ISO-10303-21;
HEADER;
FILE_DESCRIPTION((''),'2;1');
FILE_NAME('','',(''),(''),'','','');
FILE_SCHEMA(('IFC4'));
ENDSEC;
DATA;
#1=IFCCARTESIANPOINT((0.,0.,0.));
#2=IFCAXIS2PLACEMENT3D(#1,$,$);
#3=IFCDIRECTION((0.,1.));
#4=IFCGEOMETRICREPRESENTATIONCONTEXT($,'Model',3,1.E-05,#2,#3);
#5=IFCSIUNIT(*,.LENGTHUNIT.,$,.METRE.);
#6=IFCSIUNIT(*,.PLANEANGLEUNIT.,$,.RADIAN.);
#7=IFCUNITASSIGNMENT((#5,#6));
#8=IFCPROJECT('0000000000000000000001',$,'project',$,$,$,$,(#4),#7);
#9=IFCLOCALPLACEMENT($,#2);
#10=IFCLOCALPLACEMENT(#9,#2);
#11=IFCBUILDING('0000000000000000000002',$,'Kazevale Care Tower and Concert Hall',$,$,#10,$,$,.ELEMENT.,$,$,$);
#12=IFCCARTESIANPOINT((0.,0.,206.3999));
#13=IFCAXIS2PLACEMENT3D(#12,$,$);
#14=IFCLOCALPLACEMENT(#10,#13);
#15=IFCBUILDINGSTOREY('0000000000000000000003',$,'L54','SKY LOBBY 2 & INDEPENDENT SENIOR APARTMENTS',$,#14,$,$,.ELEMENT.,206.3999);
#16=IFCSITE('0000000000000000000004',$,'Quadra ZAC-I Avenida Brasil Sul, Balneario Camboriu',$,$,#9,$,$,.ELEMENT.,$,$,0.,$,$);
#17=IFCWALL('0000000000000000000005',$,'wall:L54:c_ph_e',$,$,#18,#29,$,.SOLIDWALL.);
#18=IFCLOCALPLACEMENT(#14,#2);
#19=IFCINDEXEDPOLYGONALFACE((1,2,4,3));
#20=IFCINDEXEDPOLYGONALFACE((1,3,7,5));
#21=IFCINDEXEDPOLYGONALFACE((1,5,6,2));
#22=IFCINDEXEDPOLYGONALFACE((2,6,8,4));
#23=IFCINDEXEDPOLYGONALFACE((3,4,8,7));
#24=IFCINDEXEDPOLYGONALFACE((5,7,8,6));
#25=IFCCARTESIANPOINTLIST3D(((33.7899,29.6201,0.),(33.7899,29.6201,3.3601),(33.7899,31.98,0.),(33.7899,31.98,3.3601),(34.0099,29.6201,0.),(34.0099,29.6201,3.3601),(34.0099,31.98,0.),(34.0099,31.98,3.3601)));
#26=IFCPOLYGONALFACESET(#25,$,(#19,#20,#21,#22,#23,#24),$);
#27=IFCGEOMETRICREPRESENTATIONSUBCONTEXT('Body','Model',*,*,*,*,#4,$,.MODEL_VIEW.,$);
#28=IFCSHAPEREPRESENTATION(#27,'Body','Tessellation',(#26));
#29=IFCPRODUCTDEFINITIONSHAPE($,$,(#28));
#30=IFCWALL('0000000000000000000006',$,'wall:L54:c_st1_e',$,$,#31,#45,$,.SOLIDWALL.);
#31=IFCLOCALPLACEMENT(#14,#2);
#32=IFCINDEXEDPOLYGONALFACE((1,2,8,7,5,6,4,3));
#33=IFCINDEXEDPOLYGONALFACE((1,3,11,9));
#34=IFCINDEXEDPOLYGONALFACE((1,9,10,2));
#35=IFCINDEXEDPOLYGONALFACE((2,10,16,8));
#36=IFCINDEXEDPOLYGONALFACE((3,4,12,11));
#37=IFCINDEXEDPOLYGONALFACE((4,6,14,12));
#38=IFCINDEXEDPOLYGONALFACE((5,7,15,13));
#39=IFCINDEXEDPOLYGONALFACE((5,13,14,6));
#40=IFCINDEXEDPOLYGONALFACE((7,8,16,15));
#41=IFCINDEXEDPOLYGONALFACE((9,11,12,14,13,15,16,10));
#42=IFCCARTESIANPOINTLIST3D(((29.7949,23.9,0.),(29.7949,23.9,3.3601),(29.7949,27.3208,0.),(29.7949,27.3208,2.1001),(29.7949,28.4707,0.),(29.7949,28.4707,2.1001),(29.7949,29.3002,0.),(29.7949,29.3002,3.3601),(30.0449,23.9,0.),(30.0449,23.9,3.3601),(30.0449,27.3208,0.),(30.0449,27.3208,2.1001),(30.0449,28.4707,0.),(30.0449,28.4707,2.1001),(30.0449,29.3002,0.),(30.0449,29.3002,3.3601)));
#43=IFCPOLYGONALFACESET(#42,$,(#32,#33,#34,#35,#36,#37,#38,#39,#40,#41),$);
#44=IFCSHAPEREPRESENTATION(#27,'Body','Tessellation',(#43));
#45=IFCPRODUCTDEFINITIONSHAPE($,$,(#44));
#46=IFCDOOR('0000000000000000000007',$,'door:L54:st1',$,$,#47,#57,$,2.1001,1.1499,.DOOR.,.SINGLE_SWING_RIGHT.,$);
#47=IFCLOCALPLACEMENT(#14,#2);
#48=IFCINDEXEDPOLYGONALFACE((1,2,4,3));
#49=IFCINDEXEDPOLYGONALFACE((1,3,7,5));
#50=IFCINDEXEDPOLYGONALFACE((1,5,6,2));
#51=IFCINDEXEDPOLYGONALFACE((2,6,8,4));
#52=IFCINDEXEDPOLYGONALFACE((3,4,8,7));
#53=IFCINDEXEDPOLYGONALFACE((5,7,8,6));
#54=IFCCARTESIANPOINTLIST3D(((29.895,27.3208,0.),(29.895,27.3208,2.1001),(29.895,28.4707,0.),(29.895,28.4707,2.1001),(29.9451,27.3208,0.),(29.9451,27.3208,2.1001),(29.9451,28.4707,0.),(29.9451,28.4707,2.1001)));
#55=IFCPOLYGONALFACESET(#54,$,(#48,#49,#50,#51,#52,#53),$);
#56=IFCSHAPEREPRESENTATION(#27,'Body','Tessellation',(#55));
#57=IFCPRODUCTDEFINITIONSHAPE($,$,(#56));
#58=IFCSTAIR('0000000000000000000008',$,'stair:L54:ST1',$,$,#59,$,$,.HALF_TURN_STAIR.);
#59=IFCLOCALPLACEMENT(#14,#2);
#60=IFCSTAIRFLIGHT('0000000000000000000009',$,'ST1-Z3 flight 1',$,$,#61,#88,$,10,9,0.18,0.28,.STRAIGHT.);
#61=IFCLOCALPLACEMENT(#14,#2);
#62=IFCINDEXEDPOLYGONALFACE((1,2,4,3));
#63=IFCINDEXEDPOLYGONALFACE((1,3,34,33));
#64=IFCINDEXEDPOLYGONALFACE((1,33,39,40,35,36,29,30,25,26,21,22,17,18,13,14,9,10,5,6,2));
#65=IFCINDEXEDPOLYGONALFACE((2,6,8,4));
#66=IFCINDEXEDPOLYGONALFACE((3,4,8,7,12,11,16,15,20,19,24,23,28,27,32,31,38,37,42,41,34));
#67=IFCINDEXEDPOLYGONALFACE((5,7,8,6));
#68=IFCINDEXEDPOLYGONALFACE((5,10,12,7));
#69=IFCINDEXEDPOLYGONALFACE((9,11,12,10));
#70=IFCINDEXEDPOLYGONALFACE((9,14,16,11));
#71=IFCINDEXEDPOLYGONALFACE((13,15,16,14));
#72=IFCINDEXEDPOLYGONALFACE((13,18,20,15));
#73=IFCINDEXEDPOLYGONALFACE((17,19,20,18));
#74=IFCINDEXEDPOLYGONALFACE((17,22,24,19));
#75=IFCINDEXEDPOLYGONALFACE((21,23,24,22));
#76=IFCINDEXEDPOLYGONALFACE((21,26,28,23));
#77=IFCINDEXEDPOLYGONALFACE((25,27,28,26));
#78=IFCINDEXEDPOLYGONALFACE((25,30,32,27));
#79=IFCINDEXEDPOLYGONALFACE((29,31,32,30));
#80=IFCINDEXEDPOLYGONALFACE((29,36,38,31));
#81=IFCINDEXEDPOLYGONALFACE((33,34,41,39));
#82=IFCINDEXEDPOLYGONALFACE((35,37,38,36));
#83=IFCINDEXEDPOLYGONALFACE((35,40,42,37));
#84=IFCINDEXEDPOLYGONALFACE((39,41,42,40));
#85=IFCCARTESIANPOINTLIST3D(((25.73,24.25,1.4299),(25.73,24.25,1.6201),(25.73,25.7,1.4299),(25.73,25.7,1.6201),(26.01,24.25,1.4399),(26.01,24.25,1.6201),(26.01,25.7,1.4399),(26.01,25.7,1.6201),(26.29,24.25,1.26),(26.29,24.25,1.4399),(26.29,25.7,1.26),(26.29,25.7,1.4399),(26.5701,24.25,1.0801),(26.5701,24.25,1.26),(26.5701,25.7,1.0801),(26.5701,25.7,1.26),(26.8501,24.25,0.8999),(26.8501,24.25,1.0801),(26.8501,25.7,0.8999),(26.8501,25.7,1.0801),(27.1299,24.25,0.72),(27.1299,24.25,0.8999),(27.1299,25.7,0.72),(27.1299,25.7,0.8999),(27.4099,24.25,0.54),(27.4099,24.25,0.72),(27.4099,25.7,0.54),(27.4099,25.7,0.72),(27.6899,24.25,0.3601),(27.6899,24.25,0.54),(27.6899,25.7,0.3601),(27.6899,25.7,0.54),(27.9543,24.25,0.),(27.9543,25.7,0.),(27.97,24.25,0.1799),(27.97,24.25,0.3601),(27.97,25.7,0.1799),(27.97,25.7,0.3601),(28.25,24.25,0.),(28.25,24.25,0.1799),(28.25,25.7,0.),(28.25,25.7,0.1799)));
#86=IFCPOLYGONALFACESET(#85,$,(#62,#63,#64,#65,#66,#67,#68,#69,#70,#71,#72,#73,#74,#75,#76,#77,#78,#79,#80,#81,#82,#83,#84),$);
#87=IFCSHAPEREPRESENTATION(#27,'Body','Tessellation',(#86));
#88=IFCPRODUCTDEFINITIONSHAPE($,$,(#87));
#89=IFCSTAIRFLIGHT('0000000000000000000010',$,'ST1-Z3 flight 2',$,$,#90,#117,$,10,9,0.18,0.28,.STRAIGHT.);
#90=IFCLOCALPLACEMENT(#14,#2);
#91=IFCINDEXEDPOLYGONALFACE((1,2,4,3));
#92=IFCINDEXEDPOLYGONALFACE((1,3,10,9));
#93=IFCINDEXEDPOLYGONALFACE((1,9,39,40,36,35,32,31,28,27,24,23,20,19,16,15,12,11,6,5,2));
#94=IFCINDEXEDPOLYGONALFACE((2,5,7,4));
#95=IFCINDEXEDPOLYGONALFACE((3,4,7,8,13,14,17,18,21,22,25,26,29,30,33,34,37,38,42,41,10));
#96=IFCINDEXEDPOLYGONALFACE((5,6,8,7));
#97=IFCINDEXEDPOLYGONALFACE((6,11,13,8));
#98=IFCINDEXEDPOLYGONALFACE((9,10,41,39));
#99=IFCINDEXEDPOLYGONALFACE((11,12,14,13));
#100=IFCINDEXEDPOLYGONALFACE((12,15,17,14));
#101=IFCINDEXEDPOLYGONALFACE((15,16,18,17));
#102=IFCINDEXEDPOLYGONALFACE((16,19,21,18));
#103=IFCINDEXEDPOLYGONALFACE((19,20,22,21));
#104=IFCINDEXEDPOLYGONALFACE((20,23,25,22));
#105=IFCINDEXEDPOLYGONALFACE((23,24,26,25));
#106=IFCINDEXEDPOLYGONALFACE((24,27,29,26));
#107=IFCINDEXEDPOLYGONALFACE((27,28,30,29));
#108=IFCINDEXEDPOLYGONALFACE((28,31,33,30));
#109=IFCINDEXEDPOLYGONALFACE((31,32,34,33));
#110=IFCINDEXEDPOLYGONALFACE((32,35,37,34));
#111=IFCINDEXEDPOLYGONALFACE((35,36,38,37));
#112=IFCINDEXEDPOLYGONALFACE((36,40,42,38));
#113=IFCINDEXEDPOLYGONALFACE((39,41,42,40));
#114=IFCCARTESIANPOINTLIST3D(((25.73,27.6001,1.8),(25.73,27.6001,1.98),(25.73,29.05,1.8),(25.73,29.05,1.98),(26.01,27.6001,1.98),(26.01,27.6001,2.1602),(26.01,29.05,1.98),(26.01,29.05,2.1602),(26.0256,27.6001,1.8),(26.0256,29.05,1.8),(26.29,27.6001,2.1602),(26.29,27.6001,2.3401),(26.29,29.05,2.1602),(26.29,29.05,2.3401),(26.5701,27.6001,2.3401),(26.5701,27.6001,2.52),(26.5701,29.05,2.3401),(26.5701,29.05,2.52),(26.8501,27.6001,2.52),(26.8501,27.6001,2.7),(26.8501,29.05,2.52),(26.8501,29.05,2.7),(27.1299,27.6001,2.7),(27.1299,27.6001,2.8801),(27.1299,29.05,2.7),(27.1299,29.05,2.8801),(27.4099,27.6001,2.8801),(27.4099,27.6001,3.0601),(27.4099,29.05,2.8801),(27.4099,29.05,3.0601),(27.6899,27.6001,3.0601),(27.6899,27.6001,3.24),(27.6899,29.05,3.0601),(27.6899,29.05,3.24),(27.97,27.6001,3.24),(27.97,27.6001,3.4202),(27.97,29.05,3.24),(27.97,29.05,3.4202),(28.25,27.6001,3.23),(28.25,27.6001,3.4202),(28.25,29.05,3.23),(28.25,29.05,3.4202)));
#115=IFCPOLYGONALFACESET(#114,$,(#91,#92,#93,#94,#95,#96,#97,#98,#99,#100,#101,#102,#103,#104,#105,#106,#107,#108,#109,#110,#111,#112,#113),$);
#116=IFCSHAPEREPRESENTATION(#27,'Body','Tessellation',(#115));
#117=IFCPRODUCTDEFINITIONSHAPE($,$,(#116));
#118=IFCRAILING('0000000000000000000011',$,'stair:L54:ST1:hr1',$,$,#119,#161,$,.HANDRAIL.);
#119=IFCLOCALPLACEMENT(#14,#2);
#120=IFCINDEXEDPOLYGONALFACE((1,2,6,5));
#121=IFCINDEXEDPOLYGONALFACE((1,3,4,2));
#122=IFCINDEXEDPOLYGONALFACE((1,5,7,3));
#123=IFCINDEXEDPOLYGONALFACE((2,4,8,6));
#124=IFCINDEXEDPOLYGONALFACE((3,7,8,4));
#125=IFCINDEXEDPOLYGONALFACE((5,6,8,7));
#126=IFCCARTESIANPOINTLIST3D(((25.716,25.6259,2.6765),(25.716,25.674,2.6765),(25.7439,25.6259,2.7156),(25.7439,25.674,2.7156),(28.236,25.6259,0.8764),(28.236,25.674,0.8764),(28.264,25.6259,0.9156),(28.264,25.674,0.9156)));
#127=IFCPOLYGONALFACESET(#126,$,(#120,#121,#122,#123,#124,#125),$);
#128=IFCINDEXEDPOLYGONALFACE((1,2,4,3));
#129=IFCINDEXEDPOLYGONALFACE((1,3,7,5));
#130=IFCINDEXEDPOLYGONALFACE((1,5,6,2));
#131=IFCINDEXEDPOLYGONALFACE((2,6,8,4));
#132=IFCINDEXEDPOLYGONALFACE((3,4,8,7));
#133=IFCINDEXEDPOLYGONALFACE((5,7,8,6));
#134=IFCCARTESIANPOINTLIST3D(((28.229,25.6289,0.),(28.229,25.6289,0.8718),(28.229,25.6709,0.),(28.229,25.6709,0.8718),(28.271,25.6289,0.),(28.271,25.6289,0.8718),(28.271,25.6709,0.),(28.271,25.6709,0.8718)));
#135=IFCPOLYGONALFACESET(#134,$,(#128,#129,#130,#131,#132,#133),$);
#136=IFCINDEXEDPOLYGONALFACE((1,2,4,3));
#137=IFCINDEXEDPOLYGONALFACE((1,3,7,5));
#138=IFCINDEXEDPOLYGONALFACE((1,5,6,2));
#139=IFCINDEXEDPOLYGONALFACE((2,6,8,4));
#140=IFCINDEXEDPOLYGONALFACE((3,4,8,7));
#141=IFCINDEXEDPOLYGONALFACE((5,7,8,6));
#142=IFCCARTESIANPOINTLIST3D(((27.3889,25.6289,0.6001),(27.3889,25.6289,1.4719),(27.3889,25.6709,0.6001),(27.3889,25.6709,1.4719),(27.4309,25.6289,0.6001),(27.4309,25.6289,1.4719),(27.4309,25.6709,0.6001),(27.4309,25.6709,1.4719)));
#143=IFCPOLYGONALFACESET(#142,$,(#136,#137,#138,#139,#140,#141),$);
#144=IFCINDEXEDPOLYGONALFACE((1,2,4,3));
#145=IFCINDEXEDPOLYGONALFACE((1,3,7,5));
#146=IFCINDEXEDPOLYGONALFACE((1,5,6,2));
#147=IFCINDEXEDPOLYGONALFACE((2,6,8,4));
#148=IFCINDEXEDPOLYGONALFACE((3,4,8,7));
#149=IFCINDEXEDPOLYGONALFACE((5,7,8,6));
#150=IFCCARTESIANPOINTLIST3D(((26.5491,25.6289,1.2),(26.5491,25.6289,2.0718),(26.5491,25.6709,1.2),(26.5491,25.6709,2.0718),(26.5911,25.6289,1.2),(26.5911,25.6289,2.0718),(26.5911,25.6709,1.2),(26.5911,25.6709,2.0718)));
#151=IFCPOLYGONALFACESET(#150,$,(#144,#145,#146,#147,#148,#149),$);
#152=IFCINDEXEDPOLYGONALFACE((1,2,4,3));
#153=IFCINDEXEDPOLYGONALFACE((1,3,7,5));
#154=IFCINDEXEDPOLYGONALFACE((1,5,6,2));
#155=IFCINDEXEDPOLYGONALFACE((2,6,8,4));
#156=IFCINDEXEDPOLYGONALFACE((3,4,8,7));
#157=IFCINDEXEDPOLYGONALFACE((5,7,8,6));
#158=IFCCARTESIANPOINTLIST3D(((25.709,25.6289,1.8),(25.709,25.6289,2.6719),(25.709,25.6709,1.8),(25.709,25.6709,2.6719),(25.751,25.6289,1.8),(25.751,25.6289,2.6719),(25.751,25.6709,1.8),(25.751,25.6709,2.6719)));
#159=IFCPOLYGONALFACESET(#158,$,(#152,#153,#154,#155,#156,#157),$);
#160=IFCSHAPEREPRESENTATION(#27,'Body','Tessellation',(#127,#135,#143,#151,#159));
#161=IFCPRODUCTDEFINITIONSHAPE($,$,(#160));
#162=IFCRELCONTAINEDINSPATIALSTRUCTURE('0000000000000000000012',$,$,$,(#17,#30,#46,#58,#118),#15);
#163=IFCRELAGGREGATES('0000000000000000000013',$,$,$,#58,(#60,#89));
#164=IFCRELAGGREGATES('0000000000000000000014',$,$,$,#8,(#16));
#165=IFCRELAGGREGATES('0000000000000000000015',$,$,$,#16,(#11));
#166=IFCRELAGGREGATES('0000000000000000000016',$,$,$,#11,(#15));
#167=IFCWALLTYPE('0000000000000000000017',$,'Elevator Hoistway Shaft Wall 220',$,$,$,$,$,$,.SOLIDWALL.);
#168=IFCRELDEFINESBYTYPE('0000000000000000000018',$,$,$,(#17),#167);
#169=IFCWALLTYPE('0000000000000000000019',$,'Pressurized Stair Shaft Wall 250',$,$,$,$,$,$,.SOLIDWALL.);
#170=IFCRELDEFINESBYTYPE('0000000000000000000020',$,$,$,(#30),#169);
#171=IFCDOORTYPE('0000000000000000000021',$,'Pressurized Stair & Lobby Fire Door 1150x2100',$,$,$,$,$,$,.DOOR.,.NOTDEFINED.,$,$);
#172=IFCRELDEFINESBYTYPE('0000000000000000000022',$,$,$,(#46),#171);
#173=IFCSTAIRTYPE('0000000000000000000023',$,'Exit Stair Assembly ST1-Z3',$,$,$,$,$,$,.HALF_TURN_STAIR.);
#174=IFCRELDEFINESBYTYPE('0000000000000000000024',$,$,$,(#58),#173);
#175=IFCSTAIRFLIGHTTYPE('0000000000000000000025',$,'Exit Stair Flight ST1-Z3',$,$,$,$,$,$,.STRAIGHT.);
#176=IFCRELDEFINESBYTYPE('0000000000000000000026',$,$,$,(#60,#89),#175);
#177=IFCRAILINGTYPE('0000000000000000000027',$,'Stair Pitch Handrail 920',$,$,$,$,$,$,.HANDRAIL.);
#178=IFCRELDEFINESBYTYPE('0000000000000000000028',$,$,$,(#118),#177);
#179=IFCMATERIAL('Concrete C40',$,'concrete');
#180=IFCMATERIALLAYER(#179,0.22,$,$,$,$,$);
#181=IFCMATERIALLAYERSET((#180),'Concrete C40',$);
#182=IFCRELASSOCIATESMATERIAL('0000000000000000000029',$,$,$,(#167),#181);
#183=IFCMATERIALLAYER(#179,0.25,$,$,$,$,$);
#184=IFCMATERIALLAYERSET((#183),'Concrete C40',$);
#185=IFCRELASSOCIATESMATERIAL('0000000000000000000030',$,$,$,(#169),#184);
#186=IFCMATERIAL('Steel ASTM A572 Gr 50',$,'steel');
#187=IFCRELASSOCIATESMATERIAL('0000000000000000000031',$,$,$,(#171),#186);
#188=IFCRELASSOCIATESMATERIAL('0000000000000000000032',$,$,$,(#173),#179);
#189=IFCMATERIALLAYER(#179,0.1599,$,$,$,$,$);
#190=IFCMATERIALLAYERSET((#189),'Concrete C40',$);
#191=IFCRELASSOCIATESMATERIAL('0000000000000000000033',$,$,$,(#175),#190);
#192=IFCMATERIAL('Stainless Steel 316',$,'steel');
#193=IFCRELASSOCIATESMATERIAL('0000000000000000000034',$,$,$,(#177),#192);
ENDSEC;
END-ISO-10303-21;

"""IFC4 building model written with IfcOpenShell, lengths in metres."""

from ifc_helpers import new_model, si_unit, direction, frame, frame_2d, origin, origin_2d, place, context, subcontext, project, spatial, polyline, rectangle, outline, extrude, material, layer, layer_set, type_object, element, fill, aggregate, save


model = new_model("IFC4")

# Units and contexts
model_context = context("Model", 3, precision=1e-05, world=origin(), true_north=direction((0.0, 1.0)))
body_context = subcontext(model_context, "Body", "Model", "MODEL_VIEW")
ifc_project = project(units=[si_unit("LENGTHUNIT", "METRE"), si_unit("PLANEANGLEUNIT", "RADIAN")], contexts=[model_context])

# Site, building, storey
site_placement = place(None, origin())
site = spatial("IfcSite", under=ifc_project, at=site_placement, Name="Quadra ZAC-I Avenida Brasil Sul, Balneario Camboriu", CompositionType="ELEMENT", RefElevation=0.0)
building_placement = place(site_placement, origin())
building = spatial("IfcBuilding", under=site, at=building_placement, Name="Kazevale Care Tower and Concert Hall", CompositionType="ELEMENT")
storey_placement = place(building_placement, frame((0.0, 0.0, 206.3999)))
storey = spatial("IfcBuildingStorey", under=building, at=storey_placement, Name="L54", Description="SKY LOBBY 2 & INDEPENDENT SENIOR APARTMENTS", CompositionType="ELEMENT", Elevation=206.3999)

# Shared definitions
ifc_material_1 = material(Name="Steel ASTM A572 Gr 50", Category="steel")

# Shared definitions
ifc_material_2 = material(Name="Concrete C40", Category="concrete")
ifc_layer_1 = layer(ifc_material_2, 0.22)
ifc_layer_set_1 = layer_set([ifc_layer_1], Name="Concrete C40")
wall_type_1 = type_object("IfcWallType", Name="Elevator Hoistway Shaft Wall 220", PredefinedType="SOLIDWALL", material=ifc_layer_set_1)
ifc_material_3 = material(Name="Stainless Steel 316", Category="steel")

# Wall
for number, where, z_axis, x_axis, name in (
    (1, (33.8999, 29.6201, 0.0), (0.0, 0.0, 1.0), (0.0, 1.0, 0.0), "wall:L54:c_ph_e"),
):
    element("IfcWall", number, at=place(storey_placement, frame(where, z_axis=z_axis, x_axis=x_axis)), inside=storey, type_object=wall_type_1, Name=name, PredefinedType="SOLIDWALL", context=body_context, shape_type="SweptSolid", body=[
        extrude(rectangle(XDim=2.3599, YDim=0.22, at=frame_2d((1.1799, 0.0))), origin(), (0.0, 0.0, 1.0), 3.3601),
    ])

# Wall, opening, door
ifc_layer_2 = layer(ifc_material_2, 0.25)
ifc_layer_set_2 = layer_set([ifc_layer_2], Name="Concrete C40")
wall_type_2 = type_object("IfcWallType", Name="Pressurized Stair Shaft Wall 250", PredefinedType="SOLIDWALL", material=ifc_layer_set_2)
wall_1_placement = place(storey_placement, frame((29.9199, 23.8999, 0.0), z_axis=(0.0, 0.0, 1.0), x_axis=(0.0, 1.0, 0.0)))
wall_1 = element("IfcWall", 2, at=wall_1_placement, inside=storey, type_object=wall_type_2, Name="wall:L54:c_st1_e", PredefinedType="SOLIDWALL", context=body_context, shape_type="SweptSolid", body=[
    extrude(rectangle(XDim=5.4001, YDim=0.25, at=frame_2d((2.7002, 0.0))), origin(), (0.0, 0.0, 1.0), 3.3601),
])
opening_1_placement = place(wall_1_placement, frame((3.4209, 0.0, 0.0)))
opening_1 = element("IfcOpeningElement", 3, at=opening_1_placement, cuts=wall_1, PredefinedType="OPENING", context=body_context, shape_type="SweptSolid", body=[
    extrude(rectangle(XDim=1.1499, YDim=2.1001, at=frame_2d((0.575, 1.05))), frame((0.0, 0.135, 0.0), z_axis=(0.0, -1.0, 0.0), x_axis=(1.0, 0.0, 0.0)), (0.0, 0.0, 1.0), 0.27),
])
door_type_1 = type_object("IfcDoorType", Name="Pressurized Stair & Lobby Fire Door 1150x2100", OperationType="NOTDEFINED", PredefinedType="DOOR", material=ifc_material_1)
door_1_placement = place(opening_1_placement, origin())
door_1 = element("IfcDoor", 4, at=door_1_placement, inside=storey, type_object=door_type_1, Name="door:L54:st1", OperationType="SINGLE_SWING_RIGHT", OverallHeight=2.1001, OverallWidth=1.1499, PredefinedType="DOOR", context=body_context, shape_type="SweptSolid", body=[
    extrude(rectangle(XDim=1.1499, YDim=2.1001, at=frame_2d((0.575, 1.05))), frame((0.0, 0.0249, 0.0), z_axis=(0.0, -1.0, 0.0), x_axis=(1.0, 0.0, 0.0)), (0.0, 0.0, 1.0), 0.05),
])
fill(opening_1, door_1)

# Stair, stair flights
stair_type = type_object("IfcStairType", Name="Exit Stair Assembly ST1-Z3", PredefinedType="HALF_TURN_STAIR", material=ifc_material_2)
stair_placement = place(storey_placement, origin())
stair = element("IfcStair", 5, at=stair_placement, inside=storey, type_object=stair_type, Name="stair:L54:ST1", PredefinedType="HALF_TURN_STAIR")
ifc_layer_3 = layer(ifc_material_2, 0.1599)
ifc_layer_set_3 = layer_set([ifc_layer_3], Name="Concrete C40")
stair_flight_type = type_object("IfcStairFlightType", Name="Exit Stair Flight ST1-Z3", PredefinedType="STRAIGHT", material=ifc_layer_set_3)
stair_flight_1_placement = place(storey_placement, frame((28.25, 24.9751, 0.0), z_axis=(0.0, 0.0, 1.0), x_axis=(-1.0, 0.0, 0.0)))
stair_flight_1 = element("IfcStairFlight", 6, at=stair_flight_1_placement, type_object=stair_flight_type, Name="ST1-Z3 flight 1", NumberOfRisers=10, NumberOfTreads=9, PredefinedType="STRAIGHT", RiserHeight=0.18, TreadLength=0.28, context=body_context, shape_type="SweptSolid", body=[
    extrude(outline(polyline([(0.0, 0.0), (0.0, 0.1799), (0.28, 0.1799), (0.28, 0.3601), (0.5601, 0.3601), (0.5601, 0.54), (0.8401, 0.54), (0.8401, 0.72), (1.1201, 0.72), (1.1201, 0.8999), (1.3999, 0.8999), (1.3999, 1.0801), (1.6799, 1.0801), (1.6799, 1.26), (1.96, 1.26), (1.96, 1.4399), (2.24, 1.4399), (2.24, 1.6201), (2.52, 1.6201), (2.52, 1.8), (2.52, 1.4299), (0.2957, 0.0), (0.0, 0.0)])), frame((0.0, 0.7251, 0.0), z_axis=(0.0, -1.0, 0.0), x_axis=(1.0, 0.0, 0.0)), (0.0, 0.0, 1.0), 1.45),
])
stair_flight_2_placement = place(storey_placement, frame((25.73, 28.325, 1.8), z_axis=(0.0, 0.0, 1.0), x_axis=(1.0, 0.0, 0.0)))
stair_flight_2 = element("IfcStairFlight", 7, at=stair_flight_2_placement, type_object=stair_flight_type, Name="ST1-Z3 flight 2", NumberOfRisers=10, NumberOfTreads=9, PredefinedType="STRAIGHT", RiserHeight=0.18, TreadLength=0.28, context=body_context, shape_type="SweptSolid", body=[
    extrude(outline(polyline([(0.0, 0.0), (0.0, 0.1799), (0.28, 0.1799), (0.28, 0.3601), (0.5601, 0.3601), (0.5601, 0.54), (0.8401, 0.54), (0.8401, 0.72), (1.1201, 0.72), (1.1201, 0.8999), (1.3999, 0.8999), (1.3999, 1.0801), (1.6799, 1.0801), (1.6799, 1.26), (1.96, 1.26), (1.96, 1.4399), (2.24, 1.4399), (2.24, 1.6201), (2.52, 1.6201), (2.52, 1.8), (2.52, 1.4299), (0.2957, 0.0), (0.0, 0.0)])), frame((0.0, 0.7251, 0.0), z_axis=(0.0, -1.0, 0.0), x_axis=(1.0, 0.0, 0.0)), (0.0, 0.0, 1.0), 1.45),
])
aggregate(stair, [stair_flight_1, stair_flight_2])

# Railing
railing_type_1 = type_object("IfcRailingType", Name="Stair Pitch Handrail 920", PredefinedType="HANDRAIL", material=ifc_material_3)
railing_1_placement = place(storey_placement, frame((28.25, 25.6499, 0.0)))
element("IfcRailing", 8, at=railing_1_placement, inside=storey, type_object=railing_type_1, Name="stair:L54:ST1:hr1", PredefinedType="HANDRAIL", context=body_context, shape_type="SweptSolid", body=[
    extrude(rectangle(XDim=0.0481, YDim=0.0481, at=origin_2d()), frame((0.0, 0.0, 0.896), z_axis=(-0.813728, 0.0, 0.581246), x_axis=(0.0, -1.0, 0.0)), (0.0, 0.0, 1.0), 3.0969),
    extrude(rectangle(XDim=0.042, YDim=0.042, at=origin_2d()), origin(), (0.0, 0.0, 1.0), 0.8718),
    extrude(rectangle(XDim=0.042, YDim=0.042, at=origin_2d()), frame((-0.8401, 0.0, 0.6001)), (0.0, 0.0, 1.0), 0.8718),
    extrude(rectangle(XDim=0.042, YDim=0.042, at=origin_2d()), frame((-1.6799, 0.0, 1.2)), (0.0, 0.0, 1.0), 0.8718),
    extrude(rectangle(XDim=0.042, YDim=0.042, at=origin_2d()), frame((-2.52, 0.0, 1.8)), (0.0, 0.0, 1.0), 0.8718),
])

save(model, "model.ifc")
